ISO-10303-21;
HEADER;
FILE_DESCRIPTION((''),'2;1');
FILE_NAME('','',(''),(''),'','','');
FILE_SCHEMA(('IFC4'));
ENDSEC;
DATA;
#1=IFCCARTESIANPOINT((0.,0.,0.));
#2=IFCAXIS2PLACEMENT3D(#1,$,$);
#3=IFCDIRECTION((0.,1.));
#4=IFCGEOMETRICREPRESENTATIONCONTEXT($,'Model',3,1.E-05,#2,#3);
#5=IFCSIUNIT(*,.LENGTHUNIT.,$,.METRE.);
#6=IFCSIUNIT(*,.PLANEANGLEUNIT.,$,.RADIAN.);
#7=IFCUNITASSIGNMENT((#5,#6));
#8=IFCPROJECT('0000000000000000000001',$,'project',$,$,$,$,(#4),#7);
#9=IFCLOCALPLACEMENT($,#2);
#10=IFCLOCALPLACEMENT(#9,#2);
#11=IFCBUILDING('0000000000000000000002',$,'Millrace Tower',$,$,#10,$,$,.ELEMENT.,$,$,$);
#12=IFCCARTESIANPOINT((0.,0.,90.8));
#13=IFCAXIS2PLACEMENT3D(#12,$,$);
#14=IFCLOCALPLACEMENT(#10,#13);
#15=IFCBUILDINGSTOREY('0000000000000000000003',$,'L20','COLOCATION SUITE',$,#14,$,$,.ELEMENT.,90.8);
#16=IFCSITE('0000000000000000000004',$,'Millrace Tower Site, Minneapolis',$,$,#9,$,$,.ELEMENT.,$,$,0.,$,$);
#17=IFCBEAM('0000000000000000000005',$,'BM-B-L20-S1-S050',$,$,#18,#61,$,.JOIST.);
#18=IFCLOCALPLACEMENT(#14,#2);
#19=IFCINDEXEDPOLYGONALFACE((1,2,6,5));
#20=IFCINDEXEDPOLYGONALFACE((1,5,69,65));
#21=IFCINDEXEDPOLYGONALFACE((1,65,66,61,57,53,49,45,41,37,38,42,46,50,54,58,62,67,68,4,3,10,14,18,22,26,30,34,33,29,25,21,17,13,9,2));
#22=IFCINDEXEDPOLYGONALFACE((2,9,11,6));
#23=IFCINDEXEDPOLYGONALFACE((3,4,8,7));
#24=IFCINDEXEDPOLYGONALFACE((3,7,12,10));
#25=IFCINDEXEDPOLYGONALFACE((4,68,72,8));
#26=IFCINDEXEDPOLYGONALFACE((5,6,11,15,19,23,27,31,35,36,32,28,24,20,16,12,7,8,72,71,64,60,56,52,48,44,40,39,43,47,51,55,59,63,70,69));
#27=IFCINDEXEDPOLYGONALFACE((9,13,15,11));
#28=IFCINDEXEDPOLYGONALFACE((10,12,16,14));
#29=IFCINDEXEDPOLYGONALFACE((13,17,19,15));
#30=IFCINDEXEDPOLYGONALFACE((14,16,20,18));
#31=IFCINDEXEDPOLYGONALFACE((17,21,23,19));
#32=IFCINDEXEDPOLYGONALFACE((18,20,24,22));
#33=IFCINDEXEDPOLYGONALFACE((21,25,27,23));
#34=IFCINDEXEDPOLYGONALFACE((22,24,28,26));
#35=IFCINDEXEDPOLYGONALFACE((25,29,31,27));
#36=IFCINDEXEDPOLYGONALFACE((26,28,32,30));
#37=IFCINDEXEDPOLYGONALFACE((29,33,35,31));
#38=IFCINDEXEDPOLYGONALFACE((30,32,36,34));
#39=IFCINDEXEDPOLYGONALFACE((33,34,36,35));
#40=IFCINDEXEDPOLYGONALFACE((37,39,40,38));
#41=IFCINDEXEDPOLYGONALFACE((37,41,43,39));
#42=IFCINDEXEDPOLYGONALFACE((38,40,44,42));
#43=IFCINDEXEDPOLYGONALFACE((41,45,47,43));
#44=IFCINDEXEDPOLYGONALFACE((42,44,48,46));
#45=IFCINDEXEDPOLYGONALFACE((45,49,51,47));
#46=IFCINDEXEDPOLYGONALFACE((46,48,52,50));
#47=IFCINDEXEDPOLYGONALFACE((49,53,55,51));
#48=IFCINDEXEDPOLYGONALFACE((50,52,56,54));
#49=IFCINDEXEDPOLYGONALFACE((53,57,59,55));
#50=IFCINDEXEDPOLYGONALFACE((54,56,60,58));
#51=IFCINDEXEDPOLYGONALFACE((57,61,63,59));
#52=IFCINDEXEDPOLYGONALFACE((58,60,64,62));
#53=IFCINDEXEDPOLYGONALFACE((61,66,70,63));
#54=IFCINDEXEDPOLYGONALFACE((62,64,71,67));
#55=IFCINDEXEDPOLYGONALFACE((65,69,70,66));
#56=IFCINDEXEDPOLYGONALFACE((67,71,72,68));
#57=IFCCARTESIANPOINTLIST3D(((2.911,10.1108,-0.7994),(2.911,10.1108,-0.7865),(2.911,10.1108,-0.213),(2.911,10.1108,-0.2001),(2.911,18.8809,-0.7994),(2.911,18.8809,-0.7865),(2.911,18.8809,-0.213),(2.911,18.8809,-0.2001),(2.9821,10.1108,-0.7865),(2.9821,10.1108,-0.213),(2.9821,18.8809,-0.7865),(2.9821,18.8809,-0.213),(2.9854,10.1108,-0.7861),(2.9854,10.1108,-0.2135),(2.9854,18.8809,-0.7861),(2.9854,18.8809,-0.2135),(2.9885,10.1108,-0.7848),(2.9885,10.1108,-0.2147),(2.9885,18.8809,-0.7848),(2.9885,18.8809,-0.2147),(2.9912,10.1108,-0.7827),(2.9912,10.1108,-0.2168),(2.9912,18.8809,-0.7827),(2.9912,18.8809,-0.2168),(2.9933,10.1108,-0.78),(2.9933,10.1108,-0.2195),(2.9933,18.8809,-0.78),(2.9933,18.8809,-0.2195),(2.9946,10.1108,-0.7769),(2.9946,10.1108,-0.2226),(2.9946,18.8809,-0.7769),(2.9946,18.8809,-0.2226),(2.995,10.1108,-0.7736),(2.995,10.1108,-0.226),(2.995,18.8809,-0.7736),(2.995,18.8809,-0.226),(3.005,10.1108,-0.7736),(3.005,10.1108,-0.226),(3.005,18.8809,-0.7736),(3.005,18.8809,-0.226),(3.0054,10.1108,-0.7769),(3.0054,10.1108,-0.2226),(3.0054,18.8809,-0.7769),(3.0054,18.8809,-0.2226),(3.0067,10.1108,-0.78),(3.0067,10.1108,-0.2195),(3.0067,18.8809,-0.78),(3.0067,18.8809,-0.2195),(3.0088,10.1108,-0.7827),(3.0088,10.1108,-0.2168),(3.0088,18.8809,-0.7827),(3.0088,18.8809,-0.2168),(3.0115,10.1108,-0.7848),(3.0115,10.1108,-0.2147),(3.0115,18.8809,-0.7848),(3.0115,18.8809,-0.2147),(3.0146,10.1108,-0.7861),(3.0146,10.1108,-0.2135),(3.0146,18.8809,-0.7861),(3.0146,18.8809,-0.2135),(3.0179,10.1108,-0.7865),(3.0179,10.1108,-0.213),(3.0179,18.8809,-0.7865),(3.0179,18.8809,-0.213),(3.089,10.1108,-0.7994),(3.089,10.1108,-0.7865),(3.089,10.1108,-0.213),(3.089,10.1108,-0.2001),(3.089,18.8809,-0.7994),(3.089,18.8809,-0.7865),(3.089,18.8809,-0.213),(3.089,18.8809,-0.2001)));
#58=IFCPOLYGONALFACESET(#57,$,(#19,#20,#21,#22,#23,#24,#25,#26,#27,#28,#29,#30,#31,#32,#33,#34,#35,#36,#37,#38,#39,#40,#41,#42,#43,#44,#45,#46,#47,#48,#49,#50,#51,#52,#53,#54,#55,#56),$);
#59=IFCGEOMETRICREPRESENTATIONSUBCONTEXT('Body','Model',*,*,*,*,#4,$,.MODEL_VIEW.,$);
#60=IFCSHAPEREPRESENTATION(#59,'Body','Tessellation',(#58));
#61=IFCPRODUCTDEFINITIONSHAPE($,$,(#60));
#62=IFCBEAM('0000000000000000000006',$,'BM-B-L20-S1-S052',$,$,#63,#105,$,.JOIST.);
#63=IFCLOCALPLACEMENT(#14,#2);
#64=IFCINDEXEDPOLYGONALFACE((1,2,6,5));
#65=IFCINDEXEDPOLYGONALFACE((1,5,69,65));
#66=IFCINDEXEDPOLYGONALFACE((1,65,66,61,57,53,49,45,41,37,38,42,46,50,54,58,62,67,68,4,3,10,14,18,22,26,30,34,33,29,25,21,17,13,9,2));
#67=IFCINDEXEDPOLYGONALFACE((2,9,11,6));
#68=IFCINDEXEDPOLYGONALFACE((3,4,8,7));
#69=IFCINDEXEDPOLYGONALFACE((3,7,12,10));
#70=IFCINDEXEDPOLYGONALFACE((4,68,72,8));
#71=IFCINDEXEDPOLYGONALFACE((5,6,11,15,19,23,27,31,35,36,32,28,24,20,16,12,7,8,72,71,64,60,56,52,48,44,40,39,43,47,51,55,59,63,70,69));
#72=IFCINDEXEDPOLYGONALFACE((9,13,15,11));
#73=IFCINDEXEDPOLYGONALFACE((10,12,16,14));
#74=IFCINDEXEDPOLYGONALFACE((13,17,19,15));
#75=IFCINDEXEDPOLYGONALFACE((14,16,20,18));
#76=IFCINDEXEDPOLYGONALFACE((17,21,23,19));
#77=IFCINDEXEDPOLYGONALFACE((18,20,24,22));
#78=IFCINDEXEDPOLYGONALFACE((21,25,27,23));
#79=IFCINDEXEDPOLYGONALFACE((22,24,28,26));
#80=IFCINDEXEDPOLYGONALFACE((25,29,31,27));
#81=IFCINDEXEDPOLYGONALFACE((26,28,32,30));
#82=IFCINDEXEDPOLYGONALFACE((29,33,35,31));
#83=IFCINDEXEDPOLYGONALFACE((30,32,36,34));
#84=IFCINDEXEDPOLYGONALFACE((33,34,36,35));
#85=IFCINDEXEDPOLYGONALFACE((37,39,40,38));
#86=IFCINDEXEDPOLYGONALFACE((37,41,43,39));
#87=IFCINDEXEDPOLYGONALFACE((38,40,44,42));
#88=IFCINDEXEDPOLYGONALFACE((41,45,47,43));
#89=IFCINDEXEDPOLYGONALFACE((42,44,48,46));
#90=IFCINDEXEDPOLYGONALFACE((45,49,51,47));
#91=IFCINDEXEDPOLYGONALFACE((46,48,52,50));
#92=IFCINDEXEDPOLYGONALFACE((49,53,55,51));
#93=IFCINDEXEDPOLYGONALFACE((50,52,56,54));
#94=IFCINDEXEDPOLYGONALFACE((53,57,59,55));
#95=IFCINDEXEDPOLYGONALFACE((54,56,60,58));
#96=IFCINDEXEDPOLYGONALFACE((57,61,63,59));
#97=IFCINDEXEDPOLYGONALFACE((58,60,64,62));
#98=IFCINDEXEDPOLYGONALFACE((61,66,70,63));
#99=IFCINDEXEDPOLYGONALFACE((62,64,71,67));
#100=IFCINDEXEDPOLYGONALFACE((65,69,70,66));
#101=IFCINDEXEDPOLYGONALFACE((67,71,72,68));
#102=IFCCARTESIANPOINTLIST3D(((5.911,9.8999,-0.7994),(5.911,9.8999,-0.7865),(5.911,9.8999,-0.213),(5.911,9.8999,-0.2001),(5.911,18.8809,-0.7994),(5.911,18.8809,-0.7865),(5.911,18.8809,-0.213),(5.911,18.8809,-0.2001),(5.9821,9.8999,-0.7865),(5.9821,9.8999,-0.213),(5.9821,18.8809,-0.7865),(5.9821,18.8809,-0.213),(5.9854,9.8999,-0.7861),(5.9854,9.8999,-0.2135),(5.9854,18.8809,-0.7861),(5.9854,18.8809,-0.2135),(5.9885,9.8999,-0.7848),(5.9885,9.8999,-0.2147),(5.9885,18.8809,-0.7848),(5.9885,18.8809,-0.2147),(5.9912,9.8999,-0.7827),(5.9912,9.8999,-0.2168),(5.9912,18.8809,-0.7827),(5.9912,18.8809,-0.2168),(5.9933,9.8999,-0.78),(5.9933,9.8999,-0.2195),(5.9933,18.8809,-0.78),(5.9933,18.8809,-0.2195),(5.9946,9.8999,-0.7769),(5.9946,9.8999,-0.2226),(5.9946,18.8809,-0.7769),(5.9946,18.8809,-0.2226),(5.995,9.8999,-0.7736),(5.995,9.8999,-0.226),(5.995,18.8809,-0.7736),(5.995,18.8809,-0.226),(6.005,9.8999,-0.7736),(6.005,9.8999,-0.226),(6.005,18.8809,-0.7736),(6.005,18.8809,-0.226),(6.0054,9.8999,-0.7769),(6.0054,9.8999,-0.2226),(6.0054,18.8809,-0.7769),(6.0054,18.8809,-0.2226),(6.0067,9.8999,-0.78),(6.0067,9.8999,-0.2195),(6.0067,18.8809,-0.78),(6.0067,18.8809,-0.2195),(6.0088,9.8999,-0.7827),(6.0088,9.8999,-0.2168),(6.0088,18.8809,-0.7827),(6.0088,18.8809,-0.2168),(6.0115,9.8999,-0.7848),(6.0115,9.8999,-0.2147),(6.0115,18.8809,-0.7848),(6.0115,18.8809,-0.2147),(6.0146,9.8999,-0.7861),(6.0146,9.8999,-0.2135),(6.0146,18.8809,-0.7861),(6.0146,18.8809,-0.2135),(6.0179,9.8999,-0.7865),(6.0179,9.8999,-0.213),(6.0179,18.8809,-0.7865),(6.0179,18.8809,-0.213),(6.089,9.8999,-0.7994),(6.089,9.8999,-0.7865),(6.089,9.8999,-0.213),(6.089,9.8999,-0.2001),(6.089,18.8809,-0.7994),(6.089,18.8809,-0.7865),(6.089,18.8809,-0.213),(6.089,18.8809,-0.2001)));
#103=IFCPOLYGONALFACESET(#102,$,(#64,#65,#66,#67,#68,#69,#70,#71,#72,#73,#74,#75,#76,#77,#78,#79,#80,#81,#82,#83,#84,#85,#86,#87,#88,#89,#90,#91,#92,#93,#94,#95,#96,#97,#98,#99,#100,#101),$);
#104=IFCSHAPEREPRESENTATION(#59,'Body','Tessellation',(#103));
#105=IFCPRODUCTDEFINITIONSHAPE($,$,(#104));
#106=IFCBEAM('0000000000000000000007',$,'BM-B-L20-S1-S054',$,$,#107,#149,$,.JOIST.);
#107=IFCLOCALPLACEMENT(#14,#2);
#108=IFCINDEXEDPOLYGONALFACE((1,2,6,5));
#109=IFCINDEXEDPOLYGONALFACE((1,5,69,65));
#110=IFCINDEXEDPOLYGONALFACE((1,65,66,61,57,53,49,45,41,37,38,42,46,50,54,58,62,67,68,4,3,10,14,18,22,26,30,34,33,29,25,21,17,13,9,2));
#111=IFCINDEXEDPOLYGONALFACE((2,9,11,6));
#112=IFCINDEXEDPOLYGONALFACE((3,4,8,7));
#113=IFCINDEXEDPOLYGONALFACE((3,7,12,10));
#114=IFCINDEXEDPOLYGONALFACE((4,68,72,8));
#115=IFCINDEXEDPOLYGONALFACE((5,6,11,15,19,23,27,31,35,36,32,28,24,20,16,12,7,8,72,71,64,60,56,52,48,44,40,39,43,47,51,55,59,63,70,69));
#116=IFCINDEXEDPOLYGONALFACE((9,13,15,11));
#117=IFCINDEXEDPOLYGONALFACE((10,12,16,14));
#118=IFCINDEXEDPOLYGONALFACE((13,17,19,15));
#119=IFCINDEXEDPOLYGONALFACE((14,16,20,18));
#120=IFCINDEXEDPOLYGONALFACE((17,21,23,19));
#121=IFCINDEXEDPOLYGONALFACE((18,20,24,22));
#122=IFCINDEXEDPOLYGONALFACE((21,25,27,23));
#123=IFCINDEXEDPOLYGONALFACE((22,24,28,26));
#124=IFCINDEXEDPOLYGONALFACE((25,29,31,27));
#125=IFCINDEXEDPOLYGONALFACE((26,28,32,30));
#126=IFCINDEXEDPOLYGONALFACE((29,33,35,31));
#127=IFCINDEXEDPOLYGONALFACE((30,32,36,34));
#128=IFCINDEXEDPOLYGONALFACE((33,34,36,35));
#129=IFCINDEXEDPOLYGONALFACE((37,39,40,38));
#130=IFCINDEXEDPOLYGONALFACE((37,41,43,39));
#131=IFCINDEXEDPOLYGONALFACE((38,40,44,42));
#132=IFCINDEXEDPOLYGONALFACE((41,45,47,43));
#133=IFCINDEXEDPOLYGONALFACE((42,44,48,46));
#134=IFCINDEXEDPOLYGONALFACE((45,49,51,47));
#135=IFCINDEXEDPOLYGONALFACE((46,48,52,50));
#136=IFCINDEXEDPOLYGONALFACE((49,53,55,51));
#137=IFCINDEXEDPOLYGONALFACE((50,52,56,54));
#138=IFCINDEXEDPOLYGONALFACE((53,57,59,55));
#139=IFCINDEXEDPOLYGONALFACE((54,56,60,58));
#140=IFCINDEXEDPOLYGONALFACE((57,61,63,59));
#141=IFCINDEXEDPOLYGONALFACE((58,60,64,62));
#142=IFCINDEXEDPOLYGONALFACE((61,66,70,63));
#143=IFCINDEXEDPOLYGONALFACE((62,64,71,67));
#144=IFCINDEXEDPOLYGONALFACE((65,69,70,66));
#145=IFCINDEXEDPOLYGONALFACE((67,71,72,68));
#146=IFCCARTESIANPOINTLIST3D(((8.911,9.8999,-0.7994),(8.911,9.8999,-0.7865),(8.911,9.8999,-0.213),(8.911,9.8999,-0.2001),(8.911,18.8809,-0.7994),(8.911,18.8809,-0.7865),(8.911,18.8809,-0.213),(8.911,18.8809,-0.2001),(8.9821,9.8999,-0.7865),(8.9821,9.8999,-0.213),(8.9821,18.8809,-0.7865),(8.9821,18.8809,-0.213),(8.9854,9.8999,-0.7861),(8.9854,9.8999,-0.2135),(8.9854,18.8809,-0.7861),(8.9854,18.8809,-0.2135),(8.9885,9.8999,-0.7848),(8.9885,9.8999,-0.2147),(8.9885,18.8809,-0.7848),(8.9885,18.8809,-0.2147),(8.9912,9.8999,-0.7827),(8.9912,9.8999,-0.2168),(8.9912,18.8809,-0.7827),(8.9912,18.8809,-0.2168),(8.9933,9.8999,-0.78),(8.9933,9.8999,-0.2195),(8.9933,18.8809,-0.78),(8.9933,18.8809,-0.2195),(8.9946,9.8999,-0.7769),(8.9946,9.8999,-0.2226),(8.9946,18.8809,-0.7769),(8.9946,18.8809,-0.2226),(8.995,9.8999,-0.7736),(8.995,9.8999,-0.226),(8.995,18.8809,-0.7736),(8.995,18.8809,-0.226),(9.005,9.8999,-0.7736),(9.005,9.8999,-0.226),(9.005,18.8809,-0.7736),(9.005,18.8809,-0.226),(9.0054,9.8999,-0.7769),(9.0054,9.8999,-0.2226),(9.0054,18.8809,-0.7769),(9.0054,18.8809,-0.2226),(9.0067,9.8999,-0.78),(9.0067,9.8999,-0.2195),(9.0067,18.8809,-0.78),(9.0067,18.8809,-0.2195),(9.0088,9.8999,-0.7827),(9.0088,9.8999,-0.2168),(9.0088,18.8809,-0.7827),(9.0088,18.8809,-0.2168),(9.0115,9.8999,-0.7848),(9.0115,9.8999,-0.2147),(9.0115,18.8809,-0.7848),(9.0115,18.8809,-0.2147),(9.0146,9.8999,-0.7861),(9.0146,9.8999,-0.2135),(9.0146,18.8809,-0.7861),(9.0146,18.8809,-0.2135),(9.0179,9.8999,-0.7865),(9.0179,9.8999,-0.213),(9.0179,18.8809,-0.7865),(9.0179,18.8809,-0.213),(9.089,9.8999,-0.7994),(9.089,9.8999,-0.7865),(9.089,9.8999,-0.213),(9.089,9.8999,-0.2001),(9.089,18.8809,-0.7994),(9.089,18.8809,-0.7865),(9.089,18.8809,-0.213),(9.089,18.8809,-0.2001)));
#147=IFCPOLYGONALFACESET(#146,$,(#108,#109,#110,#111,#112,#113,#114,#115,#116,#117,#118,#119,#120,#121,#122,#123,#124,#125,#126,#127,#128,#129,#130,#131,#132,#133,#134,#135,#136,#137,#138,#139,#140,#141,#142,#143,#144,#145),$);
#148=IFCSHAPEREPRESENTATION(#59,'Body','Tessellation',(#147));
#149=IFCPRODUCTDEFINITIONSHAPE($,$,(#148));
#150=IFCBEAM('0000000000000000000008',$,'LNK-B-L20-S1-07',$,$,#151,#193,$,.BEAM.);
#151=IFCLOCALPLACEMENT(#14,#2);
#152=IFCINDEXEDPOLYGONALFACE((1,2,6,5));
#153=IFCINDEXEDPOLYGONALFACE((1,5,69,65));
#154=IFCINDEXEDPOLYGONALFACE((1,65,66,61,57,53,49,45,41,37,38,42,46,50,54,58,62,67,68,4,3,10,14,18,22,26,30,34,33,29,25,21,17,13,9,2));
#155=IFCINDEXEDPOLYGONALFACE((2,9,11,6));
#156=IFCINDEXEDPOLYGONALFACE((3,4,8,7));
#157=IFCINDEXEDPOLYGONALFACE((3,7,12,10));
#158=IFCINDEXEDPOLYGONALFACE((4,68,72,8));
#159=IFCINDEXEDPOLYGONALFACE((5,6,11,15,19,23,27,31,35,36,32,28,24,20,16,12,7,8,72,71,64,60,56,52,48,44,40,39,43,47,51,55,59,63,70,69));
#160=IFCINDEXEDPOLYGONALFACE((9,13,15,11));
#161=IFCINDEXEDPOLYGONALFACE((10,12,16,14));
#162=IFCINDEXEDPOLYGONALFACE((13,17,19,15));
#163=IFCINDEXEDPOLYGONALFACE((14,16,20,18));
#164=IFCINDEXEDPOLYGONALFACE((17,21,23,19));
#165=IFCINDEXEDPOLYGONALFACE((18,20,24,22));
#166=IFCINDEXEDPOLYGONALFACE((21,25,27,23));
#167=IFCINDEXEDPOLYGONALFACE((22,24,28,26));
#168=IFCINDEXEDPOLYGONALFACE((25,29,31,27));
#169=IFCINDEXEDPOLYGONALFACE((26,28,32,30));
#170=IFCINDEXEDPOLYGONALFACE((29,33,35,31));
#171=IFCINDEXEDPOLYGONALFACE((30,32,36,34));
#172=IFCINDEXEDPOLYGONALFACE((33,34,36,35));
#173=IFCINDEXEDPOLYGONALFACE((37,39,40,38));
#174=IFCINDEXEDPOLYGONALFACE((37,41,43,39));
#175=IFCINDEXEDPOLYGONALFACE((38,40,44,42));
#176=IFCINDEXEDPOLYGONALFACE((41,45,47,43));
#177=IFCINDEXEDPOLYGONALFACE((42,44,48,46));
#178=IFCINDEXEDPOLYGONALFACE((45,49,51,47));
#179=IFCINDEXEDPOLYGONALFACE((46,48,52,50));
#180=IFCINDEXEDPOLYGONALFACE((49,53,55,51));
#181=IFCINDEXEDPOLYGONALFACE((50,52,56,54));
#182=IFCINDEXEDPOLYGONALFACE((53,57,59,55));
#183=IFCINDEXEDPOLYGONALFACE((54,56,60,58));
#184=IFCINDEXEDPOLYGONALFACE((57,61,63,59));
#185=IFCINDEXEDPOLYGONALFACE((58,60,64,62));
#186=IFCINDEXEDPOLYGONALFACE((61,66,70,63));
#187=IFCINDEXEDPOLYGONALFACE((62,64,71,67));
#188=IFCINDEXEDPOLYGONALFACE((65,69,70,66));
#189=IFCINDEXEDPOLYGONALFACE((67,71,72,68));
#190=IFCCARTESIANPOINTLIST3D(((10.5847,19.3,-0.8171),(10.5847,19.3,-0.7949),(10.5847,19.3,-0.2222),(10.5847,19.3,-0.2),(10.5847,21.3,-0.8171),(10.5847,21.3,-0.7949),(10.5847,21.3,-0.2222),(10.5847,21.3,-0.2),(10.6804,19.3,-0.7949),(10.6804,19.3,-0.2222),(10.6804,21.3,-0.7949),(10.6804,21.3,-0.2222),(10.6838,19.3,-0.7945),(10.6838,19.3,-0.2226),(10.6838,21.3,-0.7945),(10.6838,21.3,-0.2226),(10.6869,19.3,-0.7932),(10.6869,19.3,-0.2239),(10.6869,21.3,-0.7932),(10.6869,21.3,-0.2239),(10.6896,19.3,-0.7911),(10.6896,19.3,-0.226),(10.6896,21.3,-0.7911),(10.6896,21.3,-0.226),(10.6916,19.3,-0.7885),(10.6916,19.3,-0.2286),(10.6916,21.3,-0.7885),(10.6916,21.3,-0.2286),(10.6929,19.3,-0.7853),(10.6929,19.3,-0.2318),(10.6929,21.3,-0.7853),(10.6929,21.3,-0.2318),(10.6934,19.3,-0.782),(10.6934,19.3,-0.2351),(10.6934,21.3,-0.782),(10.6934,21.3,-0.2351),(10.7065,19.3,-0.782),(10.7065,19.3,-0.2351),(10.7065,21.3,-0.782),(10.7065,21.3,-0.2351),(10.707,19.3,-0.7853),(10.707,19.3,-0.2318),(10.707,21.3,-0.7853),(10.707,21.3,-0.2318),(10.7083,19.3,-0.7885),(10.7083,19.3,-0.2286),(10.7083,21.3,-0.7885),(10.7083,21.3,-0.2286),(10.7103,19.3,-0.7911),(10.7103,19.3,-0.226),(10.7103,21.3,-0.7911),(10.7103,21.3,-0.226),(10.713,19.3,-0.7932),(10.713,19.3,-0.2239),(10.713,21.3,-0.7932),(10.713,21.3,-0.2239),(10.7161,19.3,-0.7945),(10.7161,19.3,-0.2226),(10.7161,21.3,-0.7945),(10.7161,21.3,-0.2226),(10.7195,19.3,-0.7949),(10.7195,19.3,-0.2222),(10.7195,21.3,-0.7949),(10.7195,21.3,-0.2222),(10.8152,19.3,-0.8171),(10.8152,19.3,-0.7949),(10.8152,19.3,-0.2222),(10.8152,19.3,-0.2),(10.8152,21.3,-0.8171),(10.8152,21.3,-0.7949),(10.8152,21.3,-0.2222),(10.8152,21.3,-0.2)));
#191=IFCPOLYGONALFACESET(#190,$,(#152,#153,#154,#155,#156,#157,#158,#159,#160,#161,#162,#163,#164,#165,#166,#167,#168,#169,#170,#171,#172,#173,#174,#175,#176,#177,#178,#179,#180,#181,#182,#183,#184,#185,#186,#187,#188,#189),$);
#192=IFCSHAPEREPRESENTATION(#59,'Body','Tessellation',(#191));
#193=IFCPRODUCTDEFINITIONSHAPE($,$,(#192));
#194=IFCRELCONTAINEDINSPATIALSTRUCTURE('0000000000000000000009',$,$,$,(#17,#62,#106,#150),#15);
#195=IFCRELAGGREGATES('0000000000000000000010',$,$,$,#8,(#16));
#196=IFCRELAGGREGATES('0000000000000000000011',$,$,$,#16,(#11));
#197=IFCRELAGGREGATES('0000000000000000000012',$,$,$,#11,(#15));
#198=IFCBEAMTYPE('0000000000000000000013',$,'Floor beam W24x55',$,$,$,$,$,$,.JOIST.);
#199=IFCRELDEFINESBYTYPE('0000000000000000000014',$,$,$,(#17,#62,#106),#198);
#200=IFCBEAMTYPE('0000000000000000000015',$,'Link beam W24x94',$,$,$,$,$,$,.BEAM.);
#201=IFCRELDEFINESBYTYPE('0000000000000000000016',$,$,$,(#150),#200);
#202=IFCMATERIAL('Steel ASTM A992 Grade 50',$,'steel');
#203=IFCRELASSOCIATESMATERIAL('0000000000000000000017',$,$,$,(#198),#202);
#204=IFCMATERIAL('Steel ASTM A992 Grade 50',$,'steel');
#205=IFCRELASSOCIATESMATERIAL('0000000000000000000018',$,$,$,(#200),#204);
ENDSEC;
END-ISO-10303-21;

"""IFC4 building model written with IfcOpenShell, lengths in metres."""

from ifc_helpers import new_model, si_unit, direction, frame, origin, origin_2d, place, context, subcontext, project, spatial, i_section, extrude, material, material_profile, profile_set, type_object, element, save


model = new_model("IFC4")

# Units and contexts
model_context = context("Model", 3, precision=1e-05, world=origin(), true_north=direction((0.0, 1.0)))
body_context = subcontext(model_context, "Body", "Model", "MODEL_VIEW")
ifc_project = project(units=[si_unit("LENGTHUNIT", "METRE"), si_unit("PLANEANGLEUNIT", "RADIAN")], contexts=[model_context])

# Site, building, storey
site_placement = place(None, origin())
site = spatial("IfcSite", under=ifc_project, at=site_placement, Name="Millrace Tower Site, Minneapolis", CompositionType="ELEMENT", RefElevation=0.0)
building_placement = place(site_placement, origin())
building = spatial("IfcBuilding", under=site, at=building_placement, Name="Millrace Tower", CompositionType="ELEMENT")
storey_placement = place(building_placement, frame((0.0, 0.0, 90.8)))
storey = spatial("IfcBuildingStorey", under=building, at=storey_placement, Name="L20", Description="COLOCATION SUITE", CompositionType="ELEMENT", Elevation=90.8)

# Beams
ifc_material_1 = material(Name="Steel ASTM A992 Grade 50", Category="steel")
ifc_material_profile_1 = material_profile(ifc_material_1, i_section(OverallWidth=0.178, OverallDepth=0.5994, WebThickness=0.01, FlangeThickness=0.0129, FilletRadius=0.0129, at=origin_2d()))
ifc_profile_set_1 = profile_set([ifc_material_profile_1], Name="Steel ASTM A992 Grade 50")
beam_type_1 = type_object("IfcBeamType", Name="Floor beam W24x55", PredefinedType="JOIST", material=ifc_profile_set_1)
beam_1_placement = place(storey_placement, frame((3.0, 10.1108, -0.4998), z_axis=(0.0, 1.0, 0.0), x_axis=(-1.0, 0.0, 0.0)))
element("IfcBeam", 1, at=beam_1_placement, inside=storey, type_object=beam_type_1, Name="BM-B-L20-S1-S050", PredefinedType="JOIST", context=body_context, shape_type="SweptSolid", body=[
    extrude(i_section(OverallWidth=0.178, OverallDepth=0.5994, WebThickness=0.01, FlangeThickness=0.0129, FilletRadius=0.0129, at=origin_2d()), origin(), (0.0, 0.0, 1.0), 8.77),
])
for number, where, z_axis, x_axis, name in (
    (2, (6.0, 9.8999, -0.4998), (0.0, 1.0, 0.0), (-1.0, 0.0, 0.0), "BM-B-L20-S1-S052"),
    (3, (9.0, 9.8999, -0.4998), (0.0, 1.0, 0.0), (-1.0, 0.0, 0.0), "BM-B-L20-S1-S054"),
):
    element("IfcBeam", number, at=place(storey_placement, frame(where, z_axis=z_axis, x_axis=x_axis)), inside=storey, type_object=beam_type_1, Name=name, PredefinedType="JOIST", context=body_context, shape_type="SweptSolid", body=[
        extrude(i_section(OverallWidth=0.178, OverallDepth=0.5994, WebThickness=0.01, FlangeThickness=0.0129, FilletRadius=0.0129, at=origin_2d()), origin(), (0.0, 0.0, 1.0), 8.981),
    ])
ifc_material_2 = material(Name="Steel ASTM A992 Grade 50", Category="steel")
ifc_material_profile_2 = material_profile(ifc_material_2, i_section(OverallWidth=0.2305, OverallDepth=0.6172, WebThickness=0.0132, FlangeThickness=0.0222, FilletRadius=0.0129, at=origin_2d()))
ifc_profile_set_2 = profile_set([ifc_material_profile_2], Name="Steel ASTM A992 Grade 50")
beam_type_2 = type_object("IfcBeamType", Name="Link beam W24x94", PredefinedType="BEAM", material=ifc_profile_set_2)
beam_2_placement = place(storey_placement, frame((10.7, 19.3, -0.5085), z_axis=(0.0, 1.0, 0.0), x_axis=(-1.0, 0.0, 0.0)))
element("IfcBeam", 4, at=beam_2_placement, inside=storey, type_object=beam_type_2, Name="LNK-B-L20-S1-07", PredefinedType="BEAM", context=body_context, shape_type="SweptSolid", body=[
    extrude(i_section(OverallWidth=0.2305, OverallDepth=0.6172, WebThickness=0.0132, FlangeThickness=0.0222, FilletRadius=0.0129, at=origin_2d()), origin(), (0.0, 0.0, 1.0), 2.0),
])

save(model, "model.ifc")
